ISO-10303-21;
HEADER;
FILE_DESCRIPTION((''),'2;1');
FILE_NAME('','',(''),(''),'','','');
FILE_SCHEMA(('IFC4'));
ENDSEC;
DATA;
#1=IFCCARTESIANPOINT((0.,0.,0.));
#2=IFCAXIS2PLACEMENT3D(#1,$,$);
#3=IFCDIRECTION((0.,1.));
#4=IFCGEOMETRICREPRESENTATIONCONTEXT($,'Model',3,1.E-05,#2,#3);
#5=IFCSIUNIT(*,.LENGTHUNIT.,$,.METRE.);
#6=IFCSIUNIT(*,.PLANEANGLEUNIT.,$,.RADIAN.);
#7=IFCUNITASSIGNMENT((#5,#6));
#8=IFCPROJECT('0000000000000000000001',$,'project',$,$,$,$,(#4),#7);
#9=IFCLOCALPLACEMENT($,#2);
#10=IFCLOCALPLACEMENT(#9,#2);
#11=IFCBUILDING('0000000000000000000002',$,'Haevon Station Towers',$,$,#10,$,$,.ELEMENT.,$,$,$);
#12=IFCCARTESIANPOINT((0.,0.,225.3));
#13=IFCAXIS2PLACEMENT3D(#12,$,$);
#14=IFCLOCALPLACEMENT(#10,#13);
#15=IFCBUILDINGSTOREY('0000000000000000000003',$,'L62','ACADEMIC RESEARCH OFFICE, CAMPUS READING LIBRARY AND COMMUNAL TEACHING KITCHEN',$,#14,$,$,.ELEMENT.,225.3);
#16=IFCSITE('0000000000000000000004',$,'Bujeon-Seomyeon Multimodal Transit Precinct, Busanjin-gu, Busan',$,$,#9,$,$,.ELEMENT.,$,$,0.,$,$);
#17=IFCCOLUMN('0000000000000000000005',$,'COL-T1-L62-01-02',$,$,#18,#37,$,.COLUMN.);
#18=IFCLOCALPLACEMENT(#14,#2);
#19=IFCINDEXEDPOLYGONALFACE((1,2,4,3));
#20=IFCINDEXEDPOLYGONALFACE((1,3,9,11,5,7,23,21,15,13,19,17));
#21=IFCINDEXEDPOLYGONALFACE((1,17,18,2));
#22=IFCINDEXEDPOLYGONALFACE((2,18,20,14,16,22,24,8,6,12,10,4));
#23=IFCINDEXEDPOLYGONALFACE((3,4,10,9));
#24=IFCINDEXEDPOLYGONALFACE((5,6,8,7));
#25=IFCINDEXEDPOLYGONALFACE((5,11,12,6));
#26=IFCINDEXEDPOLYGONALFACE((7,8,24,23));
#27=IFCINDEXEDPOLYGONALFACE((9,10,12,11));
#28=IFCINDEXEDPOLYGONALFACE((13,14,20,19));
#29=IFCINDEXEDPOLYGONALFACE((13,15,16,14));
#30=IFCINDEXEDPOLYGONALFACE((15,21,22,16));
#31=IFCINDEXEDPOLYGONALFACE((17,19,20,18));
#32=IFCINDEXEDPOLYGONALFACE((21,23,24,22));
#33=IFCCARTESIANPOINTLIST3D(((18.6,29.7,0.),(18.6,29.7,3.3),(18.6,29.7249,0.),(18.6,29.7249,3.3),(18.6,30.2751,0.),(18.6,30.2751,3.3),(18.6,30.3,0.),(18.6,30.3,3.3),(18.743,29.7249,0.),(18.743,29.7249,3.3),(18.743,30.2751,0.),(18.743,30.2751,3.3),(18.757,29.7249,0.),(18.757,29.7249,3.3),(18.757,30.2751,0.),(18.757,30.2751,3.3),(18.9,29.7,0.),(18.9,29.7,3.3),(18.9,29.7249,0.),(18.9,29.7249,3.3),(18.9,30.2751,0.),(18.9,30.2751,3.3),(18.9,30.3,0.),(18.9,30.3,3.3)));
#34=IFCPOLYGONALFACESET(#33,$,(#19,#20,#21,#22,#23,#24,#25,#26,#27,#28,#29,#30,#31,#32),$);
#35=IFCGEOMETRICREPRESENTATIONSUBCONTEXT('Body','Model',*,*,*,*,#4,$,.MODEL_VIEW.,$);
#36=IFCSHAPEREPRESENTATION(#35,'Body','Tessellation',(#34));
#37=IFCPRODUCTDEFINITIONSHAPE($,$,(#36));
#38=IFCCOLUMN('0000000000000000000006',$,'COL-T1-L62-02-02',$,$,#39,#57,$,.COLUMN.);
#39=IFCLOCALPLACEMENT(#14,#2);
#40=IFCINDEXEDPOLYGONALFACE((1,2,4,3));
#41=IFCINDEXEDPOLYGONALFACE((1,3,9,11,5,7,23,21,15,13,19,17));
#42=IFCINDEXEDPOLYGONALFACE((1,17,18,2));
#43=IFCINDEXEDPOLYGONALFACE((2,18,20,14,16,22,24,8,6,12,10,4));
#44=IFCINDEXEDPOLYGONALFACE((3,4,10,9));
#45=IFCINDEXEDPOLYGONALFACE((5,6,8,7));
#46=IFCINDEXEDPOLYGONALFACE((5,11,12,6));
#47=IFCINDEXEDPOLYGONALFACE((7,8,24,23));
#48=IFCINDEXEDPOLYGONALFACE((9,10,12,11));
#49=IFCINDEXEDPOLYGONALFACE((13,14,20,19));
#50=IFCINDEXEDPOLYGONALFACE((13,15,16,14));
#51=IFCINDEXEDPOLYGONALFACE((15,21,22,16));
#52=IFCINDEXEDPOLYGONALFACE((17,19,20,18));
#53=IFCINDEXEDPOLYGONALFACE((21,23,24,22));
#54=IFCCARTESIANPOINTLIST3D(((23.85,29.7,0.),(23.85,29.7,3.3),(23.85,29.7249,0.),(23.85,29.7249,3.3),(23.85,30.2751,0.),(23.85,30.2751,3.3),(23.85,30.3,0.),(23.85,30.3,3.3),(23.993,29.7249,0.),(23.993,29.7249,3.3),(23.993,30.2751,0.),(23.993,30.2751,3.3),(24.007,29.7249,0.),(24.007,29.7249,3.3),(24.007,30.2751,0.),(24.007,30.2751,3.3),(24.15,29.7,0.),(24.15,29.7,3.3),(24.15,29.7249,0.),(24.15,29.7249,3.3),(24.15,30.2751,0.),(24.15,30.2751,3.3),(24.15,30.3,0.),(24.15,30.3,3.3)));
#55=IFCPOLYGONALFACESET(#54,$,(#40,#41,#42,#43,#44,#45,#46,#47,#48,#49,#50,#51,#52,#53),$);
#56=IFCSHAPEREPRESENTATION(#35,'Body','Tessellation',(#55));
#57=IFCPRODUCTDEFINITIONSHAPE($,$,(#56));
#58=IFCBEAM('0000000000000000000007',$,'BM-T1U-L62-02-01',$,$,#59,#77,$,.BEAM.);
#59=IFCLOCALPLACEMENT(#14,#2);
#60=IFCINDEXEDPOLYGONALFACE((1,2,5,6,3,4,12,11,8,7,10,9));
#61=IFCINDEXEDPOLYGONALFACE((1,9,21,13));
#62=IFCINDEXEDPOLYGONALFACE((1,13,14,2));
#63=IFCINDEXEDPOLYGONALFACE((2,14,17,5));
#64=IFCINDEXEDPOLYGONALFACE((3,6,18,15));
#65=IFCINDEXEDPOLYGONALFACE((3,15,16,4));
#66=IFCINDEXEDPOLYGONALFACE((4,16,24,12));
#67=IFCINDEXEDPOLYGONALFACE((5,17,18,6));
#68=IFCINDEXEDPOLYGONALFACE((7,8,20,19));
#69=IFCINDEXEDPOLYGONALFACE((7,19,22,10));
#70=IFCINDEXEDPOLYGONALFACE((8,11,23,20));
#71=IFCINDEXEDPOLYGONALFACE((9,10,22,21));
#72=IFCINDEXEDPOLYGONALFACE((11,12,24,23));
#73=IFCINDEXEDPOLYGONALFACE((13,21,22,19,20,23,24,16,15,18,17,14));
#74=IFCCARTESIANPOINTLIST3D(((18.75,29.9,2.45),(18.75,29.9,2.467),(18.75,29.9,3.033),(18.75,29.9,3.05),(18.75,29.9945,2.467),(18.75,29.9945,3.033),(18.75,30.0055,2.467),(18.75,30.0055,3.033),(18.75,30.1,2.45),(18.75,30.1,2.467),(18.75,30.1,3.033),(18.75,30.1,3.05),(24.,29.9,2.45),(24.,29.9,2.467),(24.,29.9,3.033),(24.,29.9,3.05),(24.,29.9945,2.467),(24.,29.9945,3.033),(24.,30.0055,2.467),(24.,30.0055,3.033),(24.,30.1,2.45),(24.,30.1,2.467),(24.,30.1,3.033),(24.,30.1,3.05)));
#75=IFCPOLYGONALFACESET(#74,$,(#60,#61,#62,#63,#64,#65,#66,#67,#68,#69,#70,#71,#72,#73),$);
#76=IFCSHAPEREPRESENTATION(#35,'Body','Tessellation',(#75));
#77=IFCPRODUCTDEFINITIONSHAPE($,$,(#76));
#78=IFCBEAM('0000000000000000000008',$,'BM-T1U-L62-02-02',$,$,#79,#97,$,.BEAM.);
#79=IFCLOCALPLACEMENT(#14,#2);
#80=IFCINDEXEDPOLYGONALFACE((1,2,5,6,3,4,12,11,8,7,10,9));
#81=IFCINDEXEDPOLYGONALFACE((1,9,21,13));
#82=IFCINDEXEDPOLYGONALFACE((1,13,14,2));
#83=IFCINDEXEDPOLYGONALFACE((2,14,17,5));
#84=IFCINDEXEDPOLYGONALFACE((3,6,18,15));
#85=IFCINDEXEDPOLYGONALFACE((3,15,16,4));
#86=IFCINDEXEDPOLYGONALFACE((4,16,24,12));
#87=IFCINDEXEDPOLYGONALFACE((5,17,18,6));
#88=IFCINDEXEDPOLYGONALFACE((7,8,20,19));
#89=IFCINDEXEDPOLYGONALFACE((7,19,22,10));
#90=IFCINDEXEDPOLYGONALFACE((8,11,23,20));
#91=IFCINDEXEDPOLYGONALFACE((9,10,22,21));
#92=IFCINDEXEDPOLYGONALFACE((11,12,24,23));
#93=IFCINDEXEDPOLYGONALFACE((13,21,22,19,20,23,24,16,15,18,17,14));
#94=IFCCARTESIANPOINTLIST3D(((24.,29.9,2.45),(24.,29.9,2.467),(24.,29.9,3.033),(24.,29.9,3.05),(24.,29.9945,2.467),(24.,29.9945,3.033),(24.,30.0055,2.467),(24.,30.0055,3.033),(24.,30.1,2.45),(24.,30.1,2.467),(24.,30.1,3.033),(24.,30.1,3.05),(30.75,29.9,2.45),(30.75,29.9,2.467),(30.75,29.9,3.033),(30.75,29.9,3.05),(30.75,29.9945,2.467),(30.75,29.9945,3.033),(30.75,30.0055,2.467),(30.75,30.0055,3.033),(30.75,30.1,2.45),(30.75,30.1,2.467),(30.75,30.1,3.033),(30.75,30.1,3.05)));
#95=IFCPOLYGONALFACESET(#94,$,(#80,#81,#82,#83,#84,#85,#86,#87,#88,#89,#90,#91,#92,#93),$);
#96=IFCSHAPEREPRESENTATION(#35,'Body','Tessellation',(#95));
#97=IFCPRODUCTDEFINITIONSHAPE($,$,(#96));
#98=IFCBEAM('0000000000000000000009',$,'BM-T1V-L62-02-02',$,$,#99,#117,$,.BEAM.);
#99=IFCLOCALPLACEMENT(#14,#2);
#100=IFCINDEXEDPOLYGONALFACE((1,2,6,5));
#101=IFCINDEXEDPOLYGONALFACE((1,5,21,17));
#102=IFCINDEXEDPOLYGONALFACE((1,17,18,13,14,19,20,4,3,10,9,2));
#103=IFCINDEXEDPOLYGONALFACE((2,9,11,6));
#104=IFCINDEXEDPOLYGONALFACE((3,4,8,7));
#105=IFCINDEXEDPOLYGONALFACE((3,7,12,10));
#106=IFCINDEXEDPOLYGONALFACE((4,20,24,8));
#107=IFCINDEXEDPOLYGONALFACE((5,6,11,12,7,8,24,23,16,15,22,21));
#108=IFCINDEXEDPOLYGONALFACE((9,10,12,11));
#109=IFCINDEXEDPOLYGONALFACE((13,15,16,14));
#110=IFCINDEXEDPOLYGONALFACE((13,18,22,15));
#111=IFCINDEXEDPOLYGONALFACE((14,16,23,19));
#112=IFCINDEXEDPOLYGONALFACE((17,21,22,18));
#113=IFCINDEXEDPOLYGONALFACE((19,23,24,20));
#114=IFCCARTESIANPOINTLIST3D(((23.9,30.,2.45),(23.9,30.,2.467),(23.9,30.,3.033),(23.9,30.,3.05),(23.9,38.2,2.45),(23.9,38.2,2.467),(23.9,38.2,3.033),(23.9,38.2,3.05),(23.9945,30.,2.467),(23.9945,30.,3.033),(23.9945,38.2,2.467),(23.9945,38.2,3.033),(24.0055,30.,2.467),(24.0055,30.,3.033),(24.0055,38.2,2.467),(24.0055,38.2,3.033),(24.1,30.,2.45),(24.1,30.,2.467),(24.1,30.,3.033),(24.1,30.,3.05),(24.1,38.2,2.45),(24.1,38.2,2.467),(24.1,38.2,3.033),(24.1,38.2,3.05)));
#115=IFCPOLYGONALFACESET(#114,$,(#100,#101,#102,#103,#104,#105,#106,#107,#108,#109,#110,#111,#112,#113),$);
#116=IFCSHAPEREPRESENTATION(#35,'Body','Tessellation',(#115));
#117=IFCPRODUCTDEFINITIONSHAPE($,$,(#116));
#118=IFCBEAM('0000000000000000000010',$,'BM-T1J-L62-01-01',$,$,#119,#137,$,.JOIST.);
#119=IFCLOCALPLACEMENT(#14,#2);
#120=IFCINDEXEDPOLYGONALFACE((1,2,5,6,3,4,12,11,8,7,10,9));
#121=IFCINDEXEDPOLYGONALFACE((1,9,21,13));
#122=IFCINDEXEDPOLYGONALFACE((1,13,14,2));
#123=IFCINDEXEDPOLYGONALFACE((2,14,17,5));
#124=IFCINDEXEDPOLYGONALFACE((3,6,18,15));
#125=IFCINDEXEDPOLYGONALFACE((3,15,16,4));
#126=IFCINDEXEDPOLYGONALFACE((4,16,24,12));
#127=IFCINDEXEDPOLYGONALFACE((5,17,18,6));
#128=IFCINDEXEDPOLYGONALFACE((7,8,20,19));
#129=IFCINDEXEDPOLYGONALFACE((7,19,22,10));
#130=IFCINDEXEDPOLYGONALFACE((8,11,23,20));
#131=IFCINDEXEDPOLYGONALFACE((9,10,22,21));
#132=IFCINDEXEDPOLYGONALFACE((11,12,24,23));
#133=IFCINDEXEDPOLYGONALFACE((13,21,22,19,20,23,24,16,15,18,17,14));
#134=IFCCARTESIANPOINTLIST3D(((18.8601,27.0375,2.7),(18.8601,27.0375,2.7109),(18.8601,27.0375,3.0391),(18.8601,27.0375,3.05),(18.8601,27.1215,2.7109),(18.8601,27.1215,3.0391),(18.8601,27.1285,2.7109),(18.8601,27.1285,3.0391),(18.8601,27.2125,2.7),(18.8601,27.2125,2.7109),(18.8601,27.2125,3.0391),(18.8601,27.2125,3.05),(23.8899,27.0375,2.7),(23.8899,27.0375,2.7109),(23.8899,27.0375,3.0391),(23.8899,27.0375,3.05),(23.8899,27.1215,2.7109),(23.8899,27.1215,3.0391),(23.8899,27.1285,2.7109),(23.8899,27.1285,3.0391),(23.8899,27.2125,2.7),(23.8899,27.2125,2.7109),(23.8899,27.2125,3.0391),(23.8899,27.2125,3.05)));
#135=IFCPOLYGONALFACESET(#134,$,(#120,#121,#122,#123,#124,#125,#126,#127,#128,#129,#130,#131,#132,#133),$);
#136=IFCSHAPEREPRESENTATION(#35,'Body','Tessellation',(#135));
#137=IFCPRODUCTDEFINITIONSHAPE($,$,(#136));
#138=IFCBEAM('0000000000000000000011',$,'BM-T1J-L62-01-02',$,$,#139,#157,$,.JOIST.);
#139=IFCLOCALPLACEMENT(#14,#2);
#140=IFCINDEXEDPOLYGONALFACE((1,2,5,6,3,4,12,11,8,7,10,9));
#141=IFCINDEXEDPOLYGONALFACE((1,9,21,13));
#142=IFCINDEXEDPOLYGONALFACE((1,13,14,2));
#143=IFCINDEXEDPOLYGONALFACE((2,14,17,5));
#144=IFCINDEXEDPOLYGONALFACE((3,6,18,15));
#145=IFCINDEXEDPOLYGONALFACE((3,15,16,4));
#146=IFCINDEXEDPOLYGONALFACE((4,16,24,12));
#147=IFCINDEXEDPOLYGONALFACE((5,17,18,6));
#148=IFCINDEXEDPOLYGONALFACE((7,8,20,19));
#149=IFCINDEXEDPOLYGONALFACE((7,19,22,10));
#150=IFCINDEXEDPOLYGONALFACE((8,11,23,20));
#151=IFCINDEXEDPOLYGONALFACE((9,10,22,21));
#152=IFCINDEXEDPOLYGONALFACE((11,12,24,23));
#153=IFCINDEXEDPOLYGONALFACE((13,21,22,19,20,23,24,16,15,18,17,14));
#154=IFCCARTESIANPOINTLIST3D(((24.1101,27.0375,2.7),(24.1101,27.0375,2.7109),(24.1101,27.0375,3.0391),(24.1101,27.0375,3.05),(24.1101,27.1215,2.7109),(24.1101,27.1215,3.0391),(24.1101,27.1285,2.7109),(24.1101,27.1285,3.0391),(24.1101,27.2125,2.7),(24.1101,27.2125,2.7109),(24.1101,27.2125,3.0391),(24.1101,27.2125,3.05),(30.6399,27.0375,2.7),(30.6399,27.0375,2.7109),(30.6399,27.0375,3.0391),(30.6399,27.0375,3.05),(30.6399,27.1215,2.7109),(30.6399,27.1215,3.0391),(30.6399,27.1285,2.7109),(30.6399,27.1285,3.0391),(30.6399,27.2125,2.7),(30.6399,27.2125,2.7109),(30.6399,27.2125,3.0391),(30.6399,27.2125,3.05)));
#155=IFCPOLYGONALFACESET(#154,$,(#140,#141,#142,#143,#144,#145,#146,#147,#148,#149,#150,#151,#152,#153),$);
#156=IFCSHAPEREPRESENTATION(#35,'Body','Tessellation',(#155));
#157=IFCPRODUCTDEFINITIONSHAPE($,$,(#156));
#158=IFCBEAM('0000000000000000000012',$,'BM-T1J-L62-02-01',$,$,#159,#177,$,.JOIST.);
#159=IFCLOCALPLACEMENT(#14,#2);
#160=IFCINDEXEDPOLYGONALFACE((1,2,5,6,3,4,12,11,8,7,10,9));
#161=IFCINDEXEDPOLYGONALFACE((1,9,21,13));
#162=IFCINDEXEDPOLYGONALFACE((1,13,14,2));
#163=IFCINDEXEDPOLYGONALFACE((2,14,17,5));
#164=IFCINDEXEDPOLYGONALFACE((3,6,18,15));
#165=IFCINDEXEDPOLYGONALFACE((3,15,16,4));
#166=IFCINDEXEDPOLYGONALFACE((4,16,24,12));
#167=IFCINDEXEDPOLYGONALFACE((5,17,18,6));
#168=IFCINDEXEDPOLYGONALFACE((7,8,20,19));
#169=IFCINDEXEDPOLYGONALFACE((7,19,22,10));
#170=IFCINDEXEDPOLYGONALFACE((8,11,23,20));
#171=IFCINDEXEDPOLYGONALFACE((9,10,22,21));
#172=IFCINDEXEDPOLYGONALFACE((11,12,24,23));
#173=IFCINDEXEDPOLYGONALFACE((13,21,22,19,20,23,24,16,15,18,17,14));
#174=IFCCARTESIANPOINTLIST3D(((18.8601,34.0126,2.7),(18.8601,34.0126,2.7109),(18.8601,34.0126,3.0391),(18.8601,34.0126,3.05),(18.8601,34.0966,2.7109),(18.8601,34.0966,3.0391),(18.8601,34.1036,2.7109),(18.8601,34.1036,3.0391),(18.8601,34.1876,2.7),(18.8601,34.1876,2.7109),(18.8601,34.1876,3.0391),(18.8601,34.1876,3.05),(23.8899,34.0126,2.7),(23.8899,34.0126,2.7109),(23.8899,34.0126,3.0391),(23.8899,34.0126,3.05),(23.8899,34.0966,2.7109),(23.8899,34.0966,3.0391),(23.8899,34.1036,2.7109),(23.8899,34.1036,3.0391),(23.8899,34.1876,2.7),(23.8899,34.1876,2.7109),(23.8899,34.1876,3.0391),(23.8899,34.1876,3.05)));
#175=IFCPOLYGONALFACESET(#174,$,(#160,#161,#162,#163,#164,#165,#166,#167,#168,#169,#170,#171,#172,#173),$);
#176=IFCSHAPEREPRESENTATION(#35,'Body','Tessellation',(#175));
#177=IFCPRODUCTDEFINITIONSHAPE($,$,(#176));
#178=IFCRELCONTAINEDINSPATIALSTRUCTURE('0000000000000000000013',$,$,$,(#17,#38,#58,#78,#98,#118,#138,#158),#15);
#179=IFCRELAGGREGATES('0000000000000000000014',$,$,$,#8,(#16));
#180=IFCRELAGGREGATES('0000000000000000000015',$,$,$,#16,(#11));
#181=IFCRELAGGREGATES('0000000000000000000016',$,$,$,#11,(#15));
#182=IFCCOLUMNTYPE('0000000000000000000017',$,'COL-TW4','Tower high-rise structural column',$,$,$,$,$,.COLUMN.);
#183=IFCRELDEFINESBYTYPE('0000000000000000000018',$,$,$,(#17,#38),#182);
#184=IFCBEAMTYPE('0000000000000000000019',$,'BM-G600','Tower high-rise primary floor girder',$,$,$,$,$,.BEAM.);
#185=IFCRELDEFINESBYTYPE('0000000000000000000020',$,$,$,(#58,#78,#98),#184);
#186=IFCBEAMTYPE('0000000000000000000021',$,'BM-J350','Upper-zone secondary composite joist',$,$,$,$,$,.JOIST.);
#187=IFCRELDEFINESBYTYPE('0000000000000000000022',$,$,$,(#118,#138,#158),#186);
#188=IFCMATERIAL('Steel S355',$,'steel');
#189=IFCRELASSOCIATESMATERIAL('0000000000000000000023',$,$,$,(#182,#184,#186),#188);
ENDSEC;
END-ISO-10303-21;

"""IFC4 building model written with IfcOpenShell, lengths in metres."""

from ifc_helpers import new_model, si_unit, direction, frame, origin, origin_2d, place, context, subcontext, project, spatial, i_section, extrude, material, material_profile, profile_set, type_object, element, save


model = new_model("IFC4")

# Units and contexts
model_context = context("Model", 3, precision=1e-05, world=origin(), true_north=direction((0.0, 1.0)))
body_context = subcontext(model_context, "Body", "Model", "MODEL_VIEW")
ifc_project = project(units=[si_unit("LENGTHUNIT", "METRE"), si_unit("PLANEANGLEUNIT", "RADIAN")], contexts=[model_context])

# Site, building, storey
site_placement = place(None, origin())
site = spatial("IfcSite", under=ifc_project, at=site_placement, Name="Bujeon-Seomyeon Multimodal Transit Precinct, Busanjin-gu, Busan", CompositionType="ELEMENT", RefElevation=0.0)
building_placement = place(site_placement, origin())
building = spatial("IfcBuilding", under=site, at=building_placement, Name="Haevon Station Towers", CompositionType="ELEMENT")
storey_placement = place(building_placement, frame((0.0, 0.0, 225.3)))
storey = spatial("IfcBuildingStorey", under=building, at=storey_placement, Name="L62", Description="ACADEMIC RESEARCH OFFICE, CAMPUS READING LIBRARY AND COMMUNAL TEACHING KITCHEN", CompositionType="ELEMENT", Elevation=225.3)

# Columns
ifc_material_1 = material(Name="Steel S355", Category="steel")
ifc_material_profile_1 = material_profile(ifc_material_1, i_section(OverallWidth=0.3, OverallDepth=0.6001, WebThickness=0.0139, FlangeThickness=0.0249, at=origin_2d()), Name="H-600x300x14x25")
ifc_profile_set_1 = profile_set([ifc_material_profile_1], Name="Steel S355")
column_type = type_object("IfcColumnType", Name="COL-TW4", Description="Tower high-rise structural column", PredefinedType="COLUMN", material=ifc_profile_set_1)
for number, where, z_axis, x_axis, name in (
    (1, (18.75, 30.0, 0.0), (0.0, 0.0, 1.0), (1.0, 0.0, 0.0), "COL-T1-L62-01-02"),
    (2, (24.0, 30.0, 0.0), (0.0, 0.0, 1.0), (1.0, 0.0, 0.0), "COL-T1-L62-02-02"),
):
    element("IfcColumn", number, at=place(storey_placement, frame(where, z_axis=z_axis, x_axis=x_axis)), inside=storey, type_object=column_type, Name=name, PredefinedType="COLUMN", context=body_context, shape_type="SweptSolid", body=[
        extrude(i_section(OverallWidth=0.3, OverallDepth=0.6001, WebThickness=0.0139, FlangeThickness=0.0249, at=origin_2d()), origin(), (0.0, 0.0, 1.0), 3.3),
    ])

# Beams
ifc_material_profile_2 = material_profile(ifc_material_1, i_section(OverallWidth=0.2, OverallDepth=0.6001, WebThickness=0.011, FlangeThickness=0.0171, at=origin_2d()), Name="H-600x200x11x17")
ifc_profile_set_2 = profile_set([ifc_material_profile_2], Name="Steel S355")
beam_type_1 = type_object("IfcBeamType", Name="BM-G600", Description="Tower high-rise primary floor girder", PredefinedType="BEAM", material=ifc_profile_set_2)
beam_1_placement = place(storey_placement, frame((18.75, 30.0, 2.75), z_axis=(1.0, 0.0, 0.0), x_axis=(0.0, 1.0, 0.0)))
element("IfcBeam", 3, at=beam_1_placement, inside=storey, type_object=beam_type_1, Name="BM-T1U-L62-02-01", PredefinedType="BEAM", context=body_context, shape_type="SweptSolid", body=[
    extrude(i_section(OverallWidth=0.2, OverallDepth=0.6001, WebThickness=0.011, FlangeThickness=0.0171, at=origin_2d()), origin(), (0.0, 0.0, 1.0), 5.25),
])
beam_2_placement = place(storey_placement, frame((24.0, 30.0, 2.75), z_axis=(1.0, 0.0, 0.0), x_axis=(0.0, 1.0, 0.0)))
element("IfcBeam", 4, at=beam_2_placement, inside=storey, type_object=beam_type_1, Name="BM-T1U-L62-02-02", PredefinedType="BEAM", context=body_context, shape_type="SweptSolid", body=[
    extrude(i_section(OverallWidth=0.2, OverallDepth=0.6001, WebThickness=0.011, FlangeThickness=0.0171, at=origin_2d()), origin(), (0.0, 0.0, 1.0), 6.75),
])
beam_3_placement = place(storey_placement, frame((24.0, 30.0, 2.75), z_axis=(0.0, 1.0, 0.0), x_axis=(-1.0, 0.0, 0.0)))
element("IfcBeam", 5, at=beam_3_placement, inside=storey, type_object=beam_type_1, Name="BM-T1V-L62-02-02", PredefinedType="BEAM", context=body_context, shape_type="SweptSolid", body=[
    extrude(i_section(OverallWidth=0.2, OverallDepth=0.6001, WebThickness=0.011, FlangeThickness=0.0171, at=origin_2d()), origin(), (0.0, 0.0, 1.0), 8.2),
])
ifc_material_profile_3 = material_profile(ifc_material_1, i_section(OverallWidth=0.175, OverallDepth=0.3501, WebThickness=0.0071, FlangeThickness=0.011, at=origin_2d()), Name="H-350x175x7x11")
ifc_profile_set_3 = profile_set([ifc_material_profile_3], Name="Steel S355")
beam_type_2 = type_object("IfcBeamType", Name="BM-J350", Description="Upper-zone secondary composite joist", PredefinedType="JOIST", material=ifc_profile_set_3)
beam_4_placement = place(storey_placement, frame((18.8601, 27.125, 2.875), z_axis=(1.0, 0.0, 0.0), x_axis=(0.0, 1.0, 0.0)))
element("IfcBeam", 6, at=beam_4_placement, inside=storey, type_object=beam_type_2, Name="BM-T1J-L62-01-01", PredefinedType="JOIST", context=body_context, shape_type="SweptSolid", body=[
    extrude(i_section(OverallWidth=0.175, OverallDepth=0.3501, WebThickness=0.0071, FlangeThickness=0.011, at=origin_2d()), origin(), (0.0, 0.0, 1.0), 5.0298),
])
beam_5_placement = place(storey_placement, frame((24.1101, 27.125, 2.875), z_axis=(1.0, 0.0, 0.0), x_axis=(0.0, 1.0, 0.0)))
element("IfcBeam", 7, at=beam_5_placement, inside=storey, type_object=beam_type_2, Name="BM-T1J-L62-01-02", PredefinedType="JOIST", context=body_context, shape_type="SweptSolid", body=[
    extrude(i_section(OverallWidth=0.175, OverallDepth=0.3501, WebThickness=0.0071, FlangeThickness=0.011, at=origin_2d()), origin(), (0.0, 0.0, 1.0), 6.5298),
])
beam_6_placement = place(storey_placement, frame((18.8601, 34.1001, 2.875), z_axis=(1.0, 0.0, 0.0), x_axis=(0.0, 1.0, 0.0)))
element("IfcBeam", 8, at=beam_6_placement, inside=storey, type_object=beam_type_2, Name="BM-T1J-L62-02-01", PredefinedType="JOIST", context=body_context, shape_type="SweptSolid", body=[
    extrude(i_section(OverallWidth=0.175, OverallDepth=0.3501, WebThickness=0.0071, FlangeThickness=0.011, at=origin_2d()), origin(), (0.0, 0.0, 1.0), 5.0298),
])

save(model, "model.ifc")
